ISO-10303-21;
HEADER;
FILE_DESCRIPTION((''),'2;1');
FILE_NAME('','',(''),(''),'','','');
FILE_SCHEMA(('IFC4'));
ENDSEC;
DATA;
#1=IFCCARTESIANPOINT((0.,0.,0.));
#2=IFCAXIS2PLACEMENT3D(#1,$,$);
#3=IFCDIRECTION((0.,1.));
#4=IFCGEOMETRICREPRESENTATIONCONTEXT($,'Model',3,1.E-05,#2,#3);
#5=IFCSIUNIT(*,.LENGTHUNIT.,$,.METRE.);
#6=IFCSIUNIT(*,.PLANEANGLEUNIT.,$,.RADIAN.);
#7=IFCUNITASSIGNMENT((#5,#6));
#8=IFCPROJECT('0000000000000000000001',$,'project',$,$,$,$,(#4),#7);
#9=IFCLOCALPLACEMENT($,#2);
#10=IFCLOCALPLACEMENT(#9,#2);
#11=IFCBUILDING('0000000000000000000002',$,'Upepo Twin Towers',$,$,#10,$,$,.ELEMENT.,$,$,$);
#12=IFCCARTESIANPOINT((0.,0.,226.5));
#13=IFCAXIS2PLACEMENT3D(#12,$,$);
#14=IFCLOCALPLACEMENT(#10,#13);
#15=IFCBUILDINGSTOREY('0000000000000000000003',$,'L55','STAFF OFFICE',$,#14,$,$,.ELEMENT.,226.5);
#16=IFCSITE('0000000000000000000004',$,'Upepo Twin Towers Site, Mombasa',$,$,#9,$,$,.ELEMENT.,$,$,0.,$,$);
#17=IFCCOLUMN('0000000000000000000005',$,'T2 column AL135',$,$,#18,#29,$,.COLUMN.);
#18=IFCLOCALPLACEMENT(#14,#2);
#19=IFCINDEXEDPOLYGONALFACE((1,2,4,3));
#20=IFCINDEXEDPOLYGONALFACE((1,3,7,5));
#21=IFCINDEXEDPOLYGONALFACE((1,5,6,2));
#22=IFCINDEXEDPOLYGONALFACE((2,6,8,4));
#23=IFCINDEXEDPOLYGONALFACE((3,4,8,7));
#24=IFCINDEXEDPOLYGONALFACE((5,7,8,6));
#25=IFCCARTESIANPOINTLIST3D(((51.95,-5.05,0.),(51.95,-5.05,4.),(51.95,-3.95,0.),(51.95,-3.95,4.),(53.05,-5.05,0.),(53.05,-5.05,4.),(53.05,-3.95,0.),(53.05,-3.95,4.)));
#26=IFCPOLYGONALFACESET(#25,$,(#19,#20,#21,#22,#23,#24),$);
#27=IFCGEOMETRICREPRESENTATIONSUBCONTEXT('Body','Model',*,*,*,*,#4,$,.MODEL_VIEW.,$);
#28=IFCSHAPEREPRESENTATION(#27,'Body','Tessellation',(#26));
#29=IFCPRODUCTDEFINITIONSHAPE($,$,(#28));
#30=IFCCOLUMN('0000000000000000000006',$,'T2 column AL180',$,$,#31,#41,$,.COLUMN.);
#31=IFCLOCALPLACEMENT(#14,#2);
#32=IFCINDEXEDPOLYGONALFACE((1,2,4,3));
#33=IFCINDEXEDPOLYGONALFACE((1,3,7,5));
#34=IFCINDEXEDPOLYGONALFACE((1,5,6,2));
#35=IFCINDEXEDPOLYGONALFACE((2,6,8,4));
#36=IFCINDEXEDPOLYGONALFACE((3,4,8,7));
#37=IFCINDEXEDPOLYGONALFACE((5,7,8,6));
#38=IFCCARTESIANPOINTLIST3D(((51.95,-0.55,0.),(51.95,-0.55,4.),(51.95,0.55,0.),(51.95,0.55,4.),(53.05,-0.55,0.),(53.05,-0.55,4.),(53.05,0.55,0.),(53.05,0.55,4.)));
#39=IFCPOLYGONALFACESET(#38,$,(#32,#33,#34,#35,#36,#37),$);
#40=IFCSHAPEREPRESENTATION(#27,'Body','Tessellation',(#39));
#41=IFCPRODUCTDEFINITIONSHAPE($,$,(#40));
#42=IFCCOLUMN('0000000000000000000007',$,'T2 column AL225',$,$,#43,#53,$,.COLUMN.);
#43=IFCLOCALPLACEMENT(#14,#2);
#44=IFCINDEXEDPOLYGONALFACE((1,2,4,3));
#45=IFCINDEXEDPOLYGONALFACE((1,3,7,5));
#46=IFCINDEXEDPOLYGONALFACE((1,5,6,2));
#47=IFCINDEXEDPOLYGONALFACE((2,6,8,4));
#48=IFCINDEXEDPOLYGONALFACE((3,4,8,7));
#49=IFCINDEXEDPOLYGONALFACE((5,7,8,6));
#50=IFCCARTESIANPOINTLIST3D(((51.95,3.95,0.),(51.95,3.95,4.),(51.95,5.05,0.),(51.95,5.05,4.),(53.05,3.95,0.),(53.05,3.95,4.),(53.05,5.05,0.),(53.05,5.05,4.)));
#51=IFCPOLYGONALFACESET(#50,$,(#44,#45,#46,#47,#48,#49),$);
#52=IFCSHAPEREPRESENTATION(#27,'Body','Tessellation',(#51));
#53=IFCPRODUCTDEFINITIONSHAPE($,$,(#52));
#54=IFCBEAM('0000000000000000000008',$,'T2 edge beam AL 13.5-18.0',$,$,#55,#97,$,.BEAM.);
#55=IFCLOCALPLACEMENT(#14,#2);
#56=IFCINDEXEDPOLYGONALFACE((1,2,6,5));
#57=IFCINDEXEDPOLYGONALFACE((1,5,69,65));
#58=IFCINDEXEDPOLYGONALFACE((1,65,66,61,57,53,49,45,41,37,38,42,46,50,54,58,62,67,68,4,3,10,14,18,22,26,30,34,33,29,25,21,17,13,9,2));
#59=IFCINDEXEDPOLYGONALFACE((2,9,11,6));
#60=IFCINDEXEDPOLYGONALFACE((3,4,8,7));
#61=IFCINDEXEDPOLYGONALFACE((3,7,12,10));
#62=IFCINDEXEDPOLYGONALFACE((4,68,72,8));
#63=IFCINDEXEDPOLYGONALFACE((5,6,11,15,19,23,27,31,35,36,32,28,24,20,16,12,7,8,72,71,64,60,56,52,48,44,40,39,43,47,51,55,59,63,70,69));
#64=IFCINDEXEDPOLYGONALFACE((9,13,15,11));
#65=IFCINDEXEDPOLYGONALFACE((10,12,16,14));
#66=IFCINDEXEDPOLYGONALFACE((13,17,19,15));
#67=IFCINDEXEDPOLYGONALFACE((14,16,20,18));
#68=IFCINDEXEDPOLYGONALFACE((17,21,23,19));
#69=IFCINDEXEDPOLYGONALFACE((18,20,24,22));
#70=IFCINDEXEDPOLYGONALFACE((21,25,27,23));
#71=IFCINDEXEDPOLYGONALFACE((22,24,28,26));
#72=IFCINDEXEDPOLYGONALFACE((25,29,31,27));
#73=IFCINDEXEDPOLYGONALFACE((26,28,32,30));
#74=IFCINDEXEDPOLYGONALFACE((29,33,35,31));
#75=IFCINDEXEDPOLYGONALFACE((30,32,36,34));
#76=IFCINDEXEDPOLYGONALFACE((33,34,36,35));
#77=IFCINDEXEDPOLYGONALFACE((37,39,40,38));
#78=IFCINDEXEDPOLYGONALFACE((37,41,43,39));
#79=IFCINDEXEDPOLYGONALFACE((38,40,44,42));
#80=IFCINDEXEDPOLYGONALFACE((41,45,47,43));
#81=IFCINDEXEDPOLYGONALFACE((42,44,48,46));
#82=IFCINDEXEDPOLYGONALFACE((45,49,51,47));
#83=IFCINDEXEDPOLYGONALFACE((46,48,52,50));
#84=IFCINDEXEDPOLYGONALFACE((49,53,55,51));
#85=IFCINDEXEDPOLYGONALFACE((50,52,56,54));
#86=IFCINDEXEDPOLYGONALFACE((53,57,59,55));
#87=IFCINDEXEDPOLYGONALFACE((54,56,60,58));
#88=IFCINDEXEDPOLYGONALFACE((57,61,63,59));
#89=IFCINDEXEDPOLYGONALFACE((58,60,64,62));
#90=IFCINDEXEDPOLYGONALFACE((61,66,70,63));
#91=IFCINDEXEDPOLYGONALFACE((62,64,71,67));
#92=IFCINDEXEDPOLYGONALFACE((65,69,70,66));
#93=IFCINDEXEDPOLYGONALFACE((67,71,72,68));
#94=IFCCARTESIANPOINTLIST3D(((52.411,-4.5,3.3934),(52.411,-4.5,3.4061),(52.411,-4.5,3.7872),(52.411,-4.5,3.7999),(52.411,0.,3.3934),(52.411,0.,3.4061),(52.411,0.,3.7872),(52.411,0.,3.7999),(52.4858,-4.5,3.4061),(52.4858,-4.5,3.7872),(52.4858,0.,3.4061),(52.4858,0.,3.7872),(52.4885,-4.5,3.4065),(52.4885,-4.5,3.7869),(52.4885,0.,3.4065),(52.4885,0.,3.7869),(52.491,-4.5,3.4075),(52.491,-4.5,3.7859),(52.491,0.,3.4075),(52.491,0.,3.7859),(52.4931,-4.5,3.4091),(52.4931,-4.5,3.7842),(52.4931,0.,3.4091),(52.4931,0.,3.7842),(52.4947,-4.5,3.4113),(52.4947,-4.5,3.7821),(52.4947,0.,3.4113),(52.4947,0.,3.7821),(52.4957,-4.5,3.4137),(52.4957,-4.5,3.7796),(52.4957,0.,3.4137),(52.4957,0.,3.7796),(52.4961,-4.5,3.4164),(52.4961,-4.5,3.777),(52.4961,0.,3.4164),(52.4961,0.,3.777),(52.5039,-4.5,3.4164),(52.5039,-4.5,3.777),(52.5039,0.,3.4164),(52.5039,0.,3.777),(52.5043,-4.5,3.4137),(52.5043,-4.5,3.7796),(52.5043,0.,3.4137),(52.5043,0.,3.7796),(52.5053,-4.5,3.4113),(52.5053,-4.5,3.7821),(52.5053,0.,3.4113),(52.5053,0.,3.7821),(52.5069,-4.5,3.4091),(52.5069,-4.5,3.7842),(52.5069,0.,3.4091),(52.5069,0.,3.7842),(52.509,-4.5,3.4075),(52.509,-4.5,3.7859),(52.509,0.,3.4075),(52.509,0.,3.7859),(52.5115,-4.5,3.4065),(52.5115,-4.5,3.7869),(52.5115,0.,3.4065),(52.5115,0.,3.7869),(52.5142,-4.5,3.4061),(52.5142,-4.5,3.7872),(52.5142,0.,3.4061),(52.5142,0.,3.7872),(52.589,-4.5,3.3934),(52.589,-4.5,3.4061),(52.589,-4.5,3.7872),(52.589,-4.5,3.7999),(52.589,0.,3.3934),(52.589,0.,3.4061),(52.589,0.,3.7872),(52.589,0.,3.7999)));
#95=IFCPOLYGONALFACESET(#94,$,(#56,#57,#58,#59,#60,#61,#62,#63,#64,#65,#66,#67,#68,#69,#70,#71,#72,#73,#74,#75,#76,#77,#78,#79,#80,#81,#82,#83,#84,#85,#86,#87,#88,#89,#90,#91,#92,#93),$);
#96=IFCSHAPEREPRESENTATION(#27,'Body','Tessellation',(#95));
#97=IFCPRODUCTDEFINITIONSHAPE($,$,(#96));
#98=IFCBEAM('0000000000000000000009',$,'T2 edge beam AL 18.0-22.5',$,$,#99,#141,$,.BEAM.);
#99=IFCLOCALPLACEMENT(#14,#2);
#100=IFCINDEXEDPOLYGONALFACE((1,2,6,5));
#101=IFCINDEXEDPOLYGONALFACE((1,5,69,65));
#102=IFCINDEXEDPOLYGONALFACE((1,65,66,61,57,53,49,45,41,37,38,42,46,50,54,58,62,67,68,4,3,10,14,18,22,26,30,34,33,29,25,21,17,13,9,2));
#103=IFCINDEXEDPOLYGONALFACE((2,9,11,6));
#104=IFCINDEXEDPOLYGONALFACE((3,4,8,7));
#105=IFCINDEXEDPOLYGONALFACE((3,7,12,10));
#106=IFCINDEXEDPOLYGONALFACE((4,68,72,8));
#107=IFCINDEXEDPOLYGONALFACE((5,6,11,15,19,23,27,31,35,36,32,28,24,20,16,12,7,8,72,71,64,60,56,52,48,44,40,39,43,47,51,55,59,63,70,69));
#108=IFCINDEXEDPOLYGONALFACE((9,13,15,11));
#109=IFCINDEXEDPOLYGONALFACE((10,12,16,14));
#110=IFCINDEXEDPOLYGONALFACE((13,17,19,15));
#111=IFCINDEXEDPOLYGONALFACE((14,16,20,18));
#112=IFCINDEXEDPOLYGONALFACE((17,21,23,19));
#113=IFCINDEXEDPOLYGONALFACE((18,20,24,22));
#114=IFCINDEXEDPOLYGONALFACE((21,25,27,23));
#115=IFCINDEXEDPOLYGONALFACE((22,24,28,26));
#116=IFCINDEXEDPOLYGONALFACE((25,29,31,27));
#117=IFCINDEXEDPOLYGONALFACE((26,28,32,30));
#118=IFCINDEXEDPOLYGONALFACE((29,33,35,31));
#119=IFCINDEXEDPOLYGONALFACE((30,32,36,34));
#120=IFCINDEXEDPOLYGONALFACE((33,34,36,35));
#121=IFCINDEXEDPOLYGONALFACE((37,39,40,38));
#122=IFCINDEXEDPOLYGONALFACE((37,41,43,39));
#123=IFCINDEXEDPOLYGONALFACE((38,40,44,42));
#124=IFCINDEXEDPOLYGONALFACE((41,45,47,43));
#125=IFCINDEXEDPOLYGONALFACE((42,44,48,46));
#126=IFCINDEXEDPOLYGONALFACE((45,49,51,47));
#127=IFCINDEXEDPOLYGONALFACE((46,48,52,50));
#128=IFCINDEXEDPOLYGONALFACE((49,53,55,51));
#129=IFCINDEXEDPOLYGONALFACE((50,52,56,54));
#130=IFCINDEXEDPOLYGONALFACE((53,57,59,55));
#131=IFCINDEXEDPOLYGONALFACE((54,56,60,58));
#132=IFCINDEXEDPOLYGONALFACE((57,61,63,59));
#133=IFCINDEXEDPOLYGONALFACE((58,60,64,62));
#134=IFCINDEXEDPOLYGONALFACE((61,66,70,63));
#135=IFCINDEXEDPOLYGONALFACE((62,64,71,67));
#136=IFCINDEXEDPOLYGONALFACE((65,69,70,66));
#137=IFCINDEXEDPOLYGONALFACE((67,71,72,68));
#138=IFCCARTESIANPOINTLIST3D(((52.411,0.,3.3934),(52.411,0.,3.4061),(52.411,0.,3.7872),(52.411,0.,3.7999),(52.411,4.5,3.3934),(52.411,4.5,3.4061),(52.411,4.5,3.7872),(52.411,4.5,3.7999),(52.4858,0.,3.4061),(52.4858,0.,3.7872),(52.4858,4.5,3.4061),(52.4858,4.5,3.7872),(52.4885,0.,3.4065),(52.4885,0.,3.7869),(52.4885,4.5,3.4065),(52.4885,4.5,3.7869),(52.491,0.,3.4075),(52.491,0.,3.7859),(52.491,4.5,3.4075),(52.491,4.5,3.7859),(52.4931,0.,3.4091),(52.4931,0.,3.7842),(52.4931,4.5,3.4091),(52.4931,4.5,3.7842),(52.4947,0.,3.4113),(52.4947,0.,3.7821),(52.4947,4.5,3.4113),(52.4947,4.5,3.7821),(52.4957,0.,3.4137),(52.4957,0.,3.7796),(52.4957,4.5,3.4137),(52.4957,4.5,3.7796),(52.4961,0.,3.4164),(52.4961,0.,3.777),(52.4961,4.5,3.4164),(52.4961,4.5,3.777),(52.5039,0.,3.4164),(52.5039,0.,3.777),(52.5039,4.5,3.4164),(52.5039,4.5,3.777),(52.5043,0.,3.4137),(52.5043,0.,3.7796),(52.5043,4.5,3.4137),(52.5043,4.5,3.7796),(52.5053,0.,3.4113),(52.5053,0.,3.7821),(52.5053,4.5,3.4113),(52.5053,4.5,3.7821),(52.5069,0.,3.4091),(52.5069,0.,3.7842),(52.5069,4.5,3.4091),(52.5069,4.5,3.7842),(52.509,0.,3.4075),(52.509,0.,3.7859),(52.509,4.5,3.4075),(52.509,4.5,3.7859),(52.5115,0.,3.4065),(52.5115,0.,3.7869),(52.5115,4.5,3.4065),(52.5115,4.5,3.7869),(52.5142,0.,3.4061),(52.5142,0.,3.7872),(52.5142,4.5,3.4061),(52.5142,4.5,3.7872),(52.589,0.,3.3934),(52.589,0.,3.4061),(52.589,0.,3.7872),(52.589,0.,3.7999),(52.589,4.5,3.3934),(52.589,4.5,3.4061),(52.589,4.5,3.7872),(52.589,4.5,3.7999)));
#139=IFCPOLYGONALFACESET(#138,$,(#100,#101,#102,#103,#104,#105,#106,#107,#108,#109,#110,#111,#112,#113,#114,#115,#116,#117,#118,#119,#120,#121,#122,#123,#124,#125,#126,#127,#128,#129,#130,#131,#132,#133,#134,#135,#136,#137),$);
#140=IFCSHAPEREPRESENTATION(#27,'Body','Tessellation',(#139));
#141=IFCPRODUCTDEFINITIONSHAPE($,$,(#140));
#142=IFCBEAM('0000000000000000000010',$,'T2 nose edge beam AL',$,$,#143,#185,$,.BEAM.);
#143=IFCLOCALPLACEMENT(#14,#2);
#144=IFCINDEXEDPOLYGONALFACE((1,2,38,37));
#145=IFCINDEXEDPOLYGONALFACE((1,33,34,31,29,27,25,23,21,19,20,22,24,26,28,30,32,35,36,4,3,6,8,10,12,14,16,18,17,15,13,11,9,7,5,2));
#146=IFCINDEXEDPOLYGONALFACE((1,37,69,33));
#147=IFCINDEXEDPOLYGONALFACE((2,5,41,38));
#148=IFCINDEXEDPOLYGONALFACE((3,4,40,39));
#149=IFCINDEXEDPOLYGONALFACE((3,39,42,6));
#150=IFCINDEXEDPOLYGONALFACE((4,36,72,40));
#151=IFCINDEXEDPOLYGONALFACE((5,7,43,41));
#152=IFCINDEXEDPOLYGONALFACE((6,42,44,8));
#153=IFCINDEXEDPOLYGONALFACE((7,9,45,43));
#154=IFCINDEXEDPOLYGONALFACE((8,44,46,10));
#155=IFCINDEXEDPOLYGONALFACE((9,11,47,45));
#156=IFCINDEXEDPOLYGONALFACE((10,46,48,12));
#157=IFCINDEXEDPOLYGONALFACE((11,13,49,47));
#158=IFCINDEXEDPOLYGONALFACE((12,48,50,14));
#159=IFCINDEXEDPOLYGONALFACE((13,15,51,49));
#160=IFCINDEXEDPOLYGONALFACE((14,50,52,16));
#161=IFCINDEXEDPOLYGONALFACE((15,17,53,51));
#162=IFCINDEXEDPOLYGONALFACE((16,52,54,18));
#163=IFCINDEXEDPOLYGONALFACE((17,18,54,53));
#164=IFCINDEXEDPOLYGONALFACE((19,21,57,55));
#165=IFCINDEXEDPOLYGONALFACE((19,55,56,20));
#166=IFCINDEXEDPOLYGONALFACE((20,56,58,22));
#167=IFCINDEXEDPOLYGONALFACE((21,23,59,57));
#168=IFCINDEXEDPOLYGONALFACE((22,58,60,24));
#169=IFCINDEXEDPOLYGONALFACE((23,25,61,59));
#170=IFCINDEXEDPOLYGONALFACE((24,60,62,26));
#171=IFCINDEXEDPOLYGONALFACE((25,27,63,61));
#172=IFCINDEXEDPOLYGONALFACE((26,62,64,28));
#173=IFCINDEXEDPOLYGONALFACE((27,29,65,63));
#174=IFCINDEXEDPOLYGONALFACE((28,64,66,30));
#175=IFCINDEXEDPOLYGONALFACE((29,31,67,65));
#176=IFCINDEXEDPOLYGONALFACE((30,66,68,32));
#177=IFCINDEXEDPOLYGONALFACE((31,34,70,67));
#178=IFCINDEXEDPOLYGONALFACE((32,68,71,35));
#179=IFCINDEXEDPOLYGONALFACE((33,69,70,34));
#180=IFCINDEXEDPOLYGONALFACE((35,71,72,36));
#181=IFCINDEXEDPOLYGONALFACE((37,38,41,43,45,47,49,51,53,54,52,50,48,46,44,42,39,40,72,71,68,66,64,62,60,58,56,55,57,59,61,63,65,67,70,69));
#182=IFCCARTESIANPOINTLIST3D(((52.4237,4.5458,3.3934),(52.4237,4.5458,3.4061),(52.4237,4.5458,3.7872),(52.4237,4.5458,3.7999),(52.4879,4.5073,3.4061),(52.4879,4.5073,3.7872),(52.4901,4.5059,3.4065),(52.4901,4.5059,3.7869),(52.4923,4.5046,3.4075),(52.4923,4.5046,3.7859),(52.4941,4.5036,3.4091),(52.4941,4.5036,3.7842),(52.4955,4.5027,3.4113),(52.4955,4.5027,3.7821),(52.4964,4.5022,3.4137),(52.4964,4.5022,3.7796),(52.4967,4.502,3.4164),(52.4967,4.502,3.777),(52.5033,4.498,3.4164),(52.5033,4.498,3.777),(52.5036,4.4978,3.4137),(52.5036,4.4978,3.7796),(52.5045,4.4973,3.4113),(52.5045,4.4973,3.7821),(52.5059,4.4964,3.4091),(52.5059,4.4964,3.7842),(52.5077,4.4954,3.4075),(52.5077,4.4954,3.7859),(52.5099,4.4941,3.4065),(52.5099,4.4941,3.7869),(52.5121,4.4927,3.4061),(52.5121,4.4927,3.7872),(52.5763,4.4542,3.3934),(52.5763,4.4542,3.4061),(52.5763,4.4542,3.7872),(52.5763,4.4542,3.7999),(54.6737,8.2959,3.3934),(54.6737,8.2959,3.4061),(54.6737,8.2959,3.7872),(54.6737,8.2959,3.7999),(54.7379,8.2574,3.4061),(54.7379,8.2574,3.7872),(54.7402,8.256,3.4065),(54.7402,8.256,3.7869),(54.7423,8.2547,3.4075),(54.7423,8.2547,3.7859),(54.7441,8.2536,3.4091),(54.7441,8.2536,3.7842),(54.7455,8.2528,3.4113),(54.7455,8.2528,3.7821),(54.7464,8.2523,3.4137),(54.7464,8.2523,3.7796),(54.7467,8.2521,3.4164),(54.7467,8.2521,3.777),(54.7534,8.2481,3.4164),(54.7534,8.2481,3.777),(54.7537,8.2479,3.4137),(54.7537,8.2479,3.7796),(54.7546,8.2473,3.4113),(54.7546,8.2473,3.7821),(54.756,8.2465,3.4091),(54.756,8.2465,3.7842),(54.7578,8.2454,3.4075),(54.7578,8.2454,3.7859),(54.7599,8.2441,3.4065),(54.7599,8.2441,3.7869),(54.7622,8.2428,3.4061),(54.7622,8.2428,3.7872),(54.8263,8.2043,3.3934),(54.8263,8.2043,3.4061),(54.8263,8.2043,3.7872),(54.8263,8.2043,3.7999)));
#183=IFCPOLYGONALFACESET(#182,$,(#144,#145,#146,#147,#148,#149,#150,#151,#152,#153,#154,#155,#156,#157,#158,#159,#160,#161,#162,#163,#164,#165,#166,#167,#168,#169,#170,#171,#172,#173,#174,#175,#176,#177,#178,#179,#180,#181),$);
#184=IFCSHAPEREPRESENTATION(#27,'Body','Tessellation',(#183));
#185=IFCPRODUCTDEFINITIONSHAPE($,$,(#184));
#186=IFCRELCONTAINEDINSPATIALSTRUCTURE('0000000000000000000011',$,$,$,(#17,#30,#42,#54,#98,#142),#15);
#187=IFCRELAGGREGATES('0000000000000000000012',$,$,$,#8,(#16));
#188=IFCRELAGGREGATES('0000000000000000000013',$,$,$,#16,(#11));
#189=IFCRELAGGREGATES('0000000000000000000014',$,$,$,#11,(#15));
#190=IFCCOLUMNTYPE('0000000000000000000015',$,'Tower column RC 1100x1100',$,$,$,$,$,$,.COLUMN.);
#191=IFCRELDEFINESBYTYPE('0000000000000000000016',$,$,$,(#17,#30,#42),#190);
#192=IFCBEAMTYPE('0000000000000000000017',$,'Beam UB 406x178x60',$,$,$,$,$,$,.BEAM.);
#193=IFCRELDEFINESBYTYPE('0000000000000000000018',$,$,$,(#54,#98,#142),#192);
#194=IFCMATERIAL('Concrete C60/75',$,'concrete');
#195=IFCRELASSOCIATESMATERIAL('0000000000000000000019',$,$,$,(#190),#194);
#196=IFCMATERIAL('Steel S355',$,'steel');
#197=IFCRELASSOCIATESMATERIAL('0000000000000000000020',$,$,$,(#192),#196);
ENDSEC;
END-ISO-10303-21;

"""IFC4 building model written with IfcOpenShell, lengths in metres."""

from ifc_helpers import new_model, si_unit, direction, frame, origin, origin_2d, place, context, subcontext, project, spatial, rectangle, i_section, extrude, material, material_profile, profile_set, type_object, element, save


model = new_model("IFC4")

# Units and contexts
model_context = context("Model", 3, precision=1e-05, world=origin(), true_north=direction((0.0, 1.0)))
body_context = subcontext(model_context, "Body", "Model", "MODEL_VIEW")
ifc_project = project(units=[si_unit("LENGTHUNIT", "METRE"), si_unit("PLANEANGLEUNIT", "RADIAN")], contexts=[model_context])

# Site, building, storey
site_placement = place(None, origin())
site = spatial("IfcSite", under=ifc_project, at=site_placement, Name="Upepo Twin Towers Site, Mombasa", CompositionType="ELEMENT", RefElevation=0.0)
building_placement = place(site_placement, origin())
building = spatial("IfcBuilding", under=site, at=building_placement, Name="Upepo Twin Towers", CompositionType="ELEMENT")
storey_placement = place(building_placement, frame((0.0, 0.0, 226.5)))
storey = spatial("IfcBuildingStorey", under=building, at=storey_placement, Name="L55", Description="STAFF OFFICE", CompositionType="ELEMENT", Elevation=226.5)

# Columns
ifc_material_1 = material(Name="Concrete C60/75", Category="concrete")
ifc_material_profile_1 = material_profile(ifc_material_1, rectangle(XDim=1.1001, YDim=1.1001, at=origin_2d()), Name="RC 1100x1100")
ifc_profile_set_1 = profile_set([ifc_material_profile_1], Name="Concrete C60/75")
column_type = type_object("IfcColumnType", Name="Tower column RC 1100x1100", PredefinedType="COLUMN", material=ifc_profile_set_1)
for number, where, z_axis, x_axis, name in (
    (1, (52.5, -4.5, 0.0), (0.0, 0.0, 1.0), (1.0, 0.0, 0.0), "T2 column AL135"),
    (2, (52.5, 0.0, 0.0), (0.0, 0.0, 1.0), (1.0, 0.0, 0.0), "T2 column AL180"),
    (3, (52.5, 4.5, 0.0), (0.0, 0.0, 1.0), (1.0, 0.0, 0.0), "T2 column AL225"),
):
    element("IfcColumn", number, at=place(storey_placement, frame(where, z_axis=z_axis, x_axis=x_axis)), inside=storey, type_object=column_type, Name=name, PredefinedType="COLUMN", context=body_context, shape_type="SweptSolid", body=[
        extrude(rectangle(XDim=1.1001, YDim=1.1001, at=origin_2d()), origin(), (0.0, 0.0, 1.0), 4.0),
    ])

# Beams
ifc_material_2 = material(Name="Steel S355", Category="steel")
ifc_material_profile_2 = material_profile(ifc_material_2, i_section(OverallWidth=0.178, OverallDepth=0.4065, WebThickness=0.0078, FlangeThickness=0.0127, FilletRadius=0.0103, at=origin_2d()), Name="UB 406x178x60")
ifc_profile_set_2 = profile_set([ifc_material_profile_2], Name="Steel S355")
beam_type_1 = type_object("IfcBeamType", Name="Beam UB 406x178x60", PredefinedType="BEAM", material=ifc_profile_set_2)
for number, where, z_axis, x_axis, name in (
    (4, (52.5, -4.5, 3.5967), (0.0, 1.0, 0.0), (-1.0, 0.0, 0.0), "T2 edge beam AL 13.5-18.0"),
    (5, (52.5, 0.0, 3.5967), (0.0, 1.0, 0.0), (-1.0, 0.0, 0.0), "T2 edge beam AL 18.0-22.5"),
):
    element("IfcBeam", number, at=place(storey_placement, frame(where, z_axis=z_axis, x_axis=x_axis)), inside=storey, type_object=beam_type_1, Name=name, PredefinedType="BEAM", context=body_context, shape_type="SweptSolid", body=[
        extrude(i_section(OverallWidth=0.178, OverallDepth=0.4065, WebThickness=0.0078, FlangeThickness=0.0127, FilletRadius=0.0103, at=origin_2d()), origin(), (0.0, 0.0, 1.0), 4.5),
    ])
beam_placement = place(storey_placement, frame((52.5, 4.5, 3.5967), z_axis=(0.514496, 0.857493, 0.0), x_axis=(-0.857493, 0.514496, 0.0)))
element("IfcBeam", 6, at=beam_placement, inside=storey, type_object=beam_type_1, Name="T2 nose edge beam AL", PredefinedType="BEAM", context=body_context, shape_type="SweptSolid", body=[
    extrude(i_section(OverallWidth=0.178, OverallDepth=0.4065, WebThickness=0.0078, FlangeThickness=0.0127, FilletRadius=0.0103, at=origin_2d()), origin(), (0.0, 0.0, 1.0), 4.3733),
])

save(model, "model.ifc")
